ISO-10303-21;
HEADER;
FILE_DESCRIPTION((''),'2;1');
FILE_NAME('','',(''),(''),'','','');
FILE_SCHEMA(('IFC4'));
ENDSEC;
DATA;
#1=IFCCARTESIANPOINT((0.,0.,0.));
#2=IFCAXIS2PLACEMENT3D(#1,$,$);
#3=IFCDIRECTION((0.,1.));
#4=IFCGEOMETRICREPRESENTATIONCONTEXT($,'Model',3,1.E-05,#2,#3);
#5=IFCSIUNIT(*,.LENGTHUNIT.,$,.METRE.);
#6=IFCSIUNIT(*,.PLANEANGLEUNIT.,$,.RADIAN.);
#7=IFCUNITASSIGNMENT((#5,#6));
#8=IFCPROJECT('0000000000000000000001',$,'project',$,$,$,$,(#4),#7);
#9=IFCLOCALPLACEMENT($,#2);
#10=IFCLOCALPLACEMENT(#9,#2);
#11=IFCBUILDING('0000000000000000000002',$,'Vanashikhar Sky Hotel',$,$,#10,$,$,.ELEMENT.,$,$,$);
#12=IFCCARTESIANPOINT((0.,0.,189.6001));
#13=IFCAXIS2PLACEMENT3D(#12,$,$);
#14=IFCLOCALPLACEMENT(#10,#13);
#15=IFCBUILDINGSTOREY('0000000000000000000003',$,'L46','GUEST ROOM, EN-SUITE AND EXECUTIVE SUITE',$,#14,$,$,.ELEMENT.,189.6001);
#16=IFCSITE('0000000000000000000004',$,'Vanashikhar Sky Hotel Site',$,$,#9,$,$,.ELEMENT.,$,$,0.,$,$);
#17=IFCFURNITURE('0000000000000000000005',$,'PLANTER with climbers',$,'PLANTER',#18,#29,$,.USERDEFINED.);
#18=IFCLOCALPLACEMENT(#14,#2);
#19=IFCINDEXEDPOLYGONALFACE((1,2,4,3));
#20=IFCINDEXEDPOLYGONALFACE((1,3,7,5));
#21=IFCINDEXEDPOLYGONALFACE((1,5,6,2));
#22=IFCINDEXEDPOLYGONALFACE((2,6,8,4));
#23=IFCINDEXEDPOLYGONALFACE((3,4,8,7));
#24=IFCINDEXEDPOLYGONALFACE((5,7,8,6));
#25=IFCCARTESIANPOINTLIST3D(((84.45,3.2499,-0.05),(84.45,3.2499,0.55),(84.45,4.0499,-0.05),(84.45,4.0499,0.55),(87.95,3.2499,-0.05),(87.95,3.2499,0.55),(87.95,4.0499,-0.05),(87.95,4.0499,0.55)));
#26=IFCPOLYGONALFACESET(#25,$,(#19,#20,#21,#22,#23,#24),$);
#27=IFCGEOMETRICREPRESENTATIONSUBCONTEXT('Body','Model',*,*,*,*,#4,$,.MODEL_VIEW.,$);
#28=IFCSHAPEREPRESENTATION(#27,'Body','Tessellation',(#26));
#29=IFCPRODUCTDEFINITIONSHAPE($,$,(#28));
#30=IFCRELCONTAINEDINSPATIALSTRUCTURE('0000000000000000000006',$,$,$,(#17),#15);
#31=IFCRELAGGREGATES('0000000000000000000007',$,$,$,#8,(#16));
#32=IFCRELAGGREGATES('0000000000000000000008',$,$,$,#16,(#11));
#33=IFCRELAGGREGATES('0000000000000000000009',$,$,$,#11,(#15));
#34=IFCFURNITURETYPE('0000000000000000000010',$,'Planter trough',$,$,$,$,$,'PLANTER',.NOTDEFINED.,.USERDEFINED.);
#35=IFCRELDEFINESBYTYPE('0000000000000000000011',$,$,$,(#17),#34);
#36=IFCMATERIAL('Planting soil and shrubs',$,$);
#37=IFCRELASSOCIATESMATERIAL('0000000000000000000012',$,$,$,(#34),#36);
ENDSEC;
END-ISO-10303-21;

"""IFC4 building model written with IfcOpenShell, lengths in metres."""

from ifc_helpers import new_model, si_unit, direction, frame, origin, origin_2d, place, context, subcontext, project, spatial, rectangle, extrude, source, transform, mapped, material, type_object, element, save


model = new_model("IFC4")

# Units and contexts
model_context = context("Model", 3, precision=1e-05, world=origin(), true_north=direction((0.0, 1.0)))
body_context = subcontext(model_context, "Body", "Model", "MODEL_VIEW")
ifc_project = project(units=[si_unit("LENGTHUNIT", "METRE"), si_unit("PLANEANGLEUNIT", "RADIAN")], contexts=[model_context])

# Site, building, storey
site_placement = place(None, origin())
site = spatial("IfcSite", under=ifc_project, at=site_placement, Name="Vanashikhar Sky Hotel Site", CompositionType="ELEMENT", RefElevation=0.0)
building_placement = place(site_placement, origin())
building = spatial("IfcBuilding", under=site, at=building_placement, Name="Vanashikhar Sky Hotel", CompositionType="ELEMENT")
storey_placement = place(building_placement, frame((0.0, 0.0, 189.6001)))
storey = spatial("IfcBuildingStorey", under=building, at=storey_placement, Name="L46", Description="GUEST ROOM, EN-SUITE AND EXECUTIVE SUITE", CompositionType="ELEMENT", Elevation=189.6001)

# Furniture
ifc_material_1 = material(Name="Planting soil and shrubs")
furniture_type = type_object("IfcFurnitureType", Name="Planter trough", ElementType="PLANTER", AssemblyPlace="NOTDEFINED", PredefinedType="USERDEFINED", material=ifc_material_1)
shared_shape_1 = source(origin(), body_context, "Body", "SweptSolid", [
    extrude(rectangle(XDim=3.5, YDim=0.8, at=origin_2d()), origin(), (0.0, 0.0, 1.0), 0.6001),
])
furniture_placement = place(storey_placement, frame((86.2, 3.6499, -0.05), z_axis=(0.0, 0.0, 1.0), x_axis=(1.0, 0.0, 0.0)))
element("IfcFurniture", 1, at=furniture_placement, inside=storey, type_object=furniture_type, Name="PLANTER with climbers", ObjectType="PLANTER", PredefinedType="USERDEFINED", context=body_context, shape_type="MappedRepresentation", body=[
    mapped(shared_shape_1, transform((0.0, 0.0, 0.0), scale=1.0)),
])

save(model, "model.ifc")
